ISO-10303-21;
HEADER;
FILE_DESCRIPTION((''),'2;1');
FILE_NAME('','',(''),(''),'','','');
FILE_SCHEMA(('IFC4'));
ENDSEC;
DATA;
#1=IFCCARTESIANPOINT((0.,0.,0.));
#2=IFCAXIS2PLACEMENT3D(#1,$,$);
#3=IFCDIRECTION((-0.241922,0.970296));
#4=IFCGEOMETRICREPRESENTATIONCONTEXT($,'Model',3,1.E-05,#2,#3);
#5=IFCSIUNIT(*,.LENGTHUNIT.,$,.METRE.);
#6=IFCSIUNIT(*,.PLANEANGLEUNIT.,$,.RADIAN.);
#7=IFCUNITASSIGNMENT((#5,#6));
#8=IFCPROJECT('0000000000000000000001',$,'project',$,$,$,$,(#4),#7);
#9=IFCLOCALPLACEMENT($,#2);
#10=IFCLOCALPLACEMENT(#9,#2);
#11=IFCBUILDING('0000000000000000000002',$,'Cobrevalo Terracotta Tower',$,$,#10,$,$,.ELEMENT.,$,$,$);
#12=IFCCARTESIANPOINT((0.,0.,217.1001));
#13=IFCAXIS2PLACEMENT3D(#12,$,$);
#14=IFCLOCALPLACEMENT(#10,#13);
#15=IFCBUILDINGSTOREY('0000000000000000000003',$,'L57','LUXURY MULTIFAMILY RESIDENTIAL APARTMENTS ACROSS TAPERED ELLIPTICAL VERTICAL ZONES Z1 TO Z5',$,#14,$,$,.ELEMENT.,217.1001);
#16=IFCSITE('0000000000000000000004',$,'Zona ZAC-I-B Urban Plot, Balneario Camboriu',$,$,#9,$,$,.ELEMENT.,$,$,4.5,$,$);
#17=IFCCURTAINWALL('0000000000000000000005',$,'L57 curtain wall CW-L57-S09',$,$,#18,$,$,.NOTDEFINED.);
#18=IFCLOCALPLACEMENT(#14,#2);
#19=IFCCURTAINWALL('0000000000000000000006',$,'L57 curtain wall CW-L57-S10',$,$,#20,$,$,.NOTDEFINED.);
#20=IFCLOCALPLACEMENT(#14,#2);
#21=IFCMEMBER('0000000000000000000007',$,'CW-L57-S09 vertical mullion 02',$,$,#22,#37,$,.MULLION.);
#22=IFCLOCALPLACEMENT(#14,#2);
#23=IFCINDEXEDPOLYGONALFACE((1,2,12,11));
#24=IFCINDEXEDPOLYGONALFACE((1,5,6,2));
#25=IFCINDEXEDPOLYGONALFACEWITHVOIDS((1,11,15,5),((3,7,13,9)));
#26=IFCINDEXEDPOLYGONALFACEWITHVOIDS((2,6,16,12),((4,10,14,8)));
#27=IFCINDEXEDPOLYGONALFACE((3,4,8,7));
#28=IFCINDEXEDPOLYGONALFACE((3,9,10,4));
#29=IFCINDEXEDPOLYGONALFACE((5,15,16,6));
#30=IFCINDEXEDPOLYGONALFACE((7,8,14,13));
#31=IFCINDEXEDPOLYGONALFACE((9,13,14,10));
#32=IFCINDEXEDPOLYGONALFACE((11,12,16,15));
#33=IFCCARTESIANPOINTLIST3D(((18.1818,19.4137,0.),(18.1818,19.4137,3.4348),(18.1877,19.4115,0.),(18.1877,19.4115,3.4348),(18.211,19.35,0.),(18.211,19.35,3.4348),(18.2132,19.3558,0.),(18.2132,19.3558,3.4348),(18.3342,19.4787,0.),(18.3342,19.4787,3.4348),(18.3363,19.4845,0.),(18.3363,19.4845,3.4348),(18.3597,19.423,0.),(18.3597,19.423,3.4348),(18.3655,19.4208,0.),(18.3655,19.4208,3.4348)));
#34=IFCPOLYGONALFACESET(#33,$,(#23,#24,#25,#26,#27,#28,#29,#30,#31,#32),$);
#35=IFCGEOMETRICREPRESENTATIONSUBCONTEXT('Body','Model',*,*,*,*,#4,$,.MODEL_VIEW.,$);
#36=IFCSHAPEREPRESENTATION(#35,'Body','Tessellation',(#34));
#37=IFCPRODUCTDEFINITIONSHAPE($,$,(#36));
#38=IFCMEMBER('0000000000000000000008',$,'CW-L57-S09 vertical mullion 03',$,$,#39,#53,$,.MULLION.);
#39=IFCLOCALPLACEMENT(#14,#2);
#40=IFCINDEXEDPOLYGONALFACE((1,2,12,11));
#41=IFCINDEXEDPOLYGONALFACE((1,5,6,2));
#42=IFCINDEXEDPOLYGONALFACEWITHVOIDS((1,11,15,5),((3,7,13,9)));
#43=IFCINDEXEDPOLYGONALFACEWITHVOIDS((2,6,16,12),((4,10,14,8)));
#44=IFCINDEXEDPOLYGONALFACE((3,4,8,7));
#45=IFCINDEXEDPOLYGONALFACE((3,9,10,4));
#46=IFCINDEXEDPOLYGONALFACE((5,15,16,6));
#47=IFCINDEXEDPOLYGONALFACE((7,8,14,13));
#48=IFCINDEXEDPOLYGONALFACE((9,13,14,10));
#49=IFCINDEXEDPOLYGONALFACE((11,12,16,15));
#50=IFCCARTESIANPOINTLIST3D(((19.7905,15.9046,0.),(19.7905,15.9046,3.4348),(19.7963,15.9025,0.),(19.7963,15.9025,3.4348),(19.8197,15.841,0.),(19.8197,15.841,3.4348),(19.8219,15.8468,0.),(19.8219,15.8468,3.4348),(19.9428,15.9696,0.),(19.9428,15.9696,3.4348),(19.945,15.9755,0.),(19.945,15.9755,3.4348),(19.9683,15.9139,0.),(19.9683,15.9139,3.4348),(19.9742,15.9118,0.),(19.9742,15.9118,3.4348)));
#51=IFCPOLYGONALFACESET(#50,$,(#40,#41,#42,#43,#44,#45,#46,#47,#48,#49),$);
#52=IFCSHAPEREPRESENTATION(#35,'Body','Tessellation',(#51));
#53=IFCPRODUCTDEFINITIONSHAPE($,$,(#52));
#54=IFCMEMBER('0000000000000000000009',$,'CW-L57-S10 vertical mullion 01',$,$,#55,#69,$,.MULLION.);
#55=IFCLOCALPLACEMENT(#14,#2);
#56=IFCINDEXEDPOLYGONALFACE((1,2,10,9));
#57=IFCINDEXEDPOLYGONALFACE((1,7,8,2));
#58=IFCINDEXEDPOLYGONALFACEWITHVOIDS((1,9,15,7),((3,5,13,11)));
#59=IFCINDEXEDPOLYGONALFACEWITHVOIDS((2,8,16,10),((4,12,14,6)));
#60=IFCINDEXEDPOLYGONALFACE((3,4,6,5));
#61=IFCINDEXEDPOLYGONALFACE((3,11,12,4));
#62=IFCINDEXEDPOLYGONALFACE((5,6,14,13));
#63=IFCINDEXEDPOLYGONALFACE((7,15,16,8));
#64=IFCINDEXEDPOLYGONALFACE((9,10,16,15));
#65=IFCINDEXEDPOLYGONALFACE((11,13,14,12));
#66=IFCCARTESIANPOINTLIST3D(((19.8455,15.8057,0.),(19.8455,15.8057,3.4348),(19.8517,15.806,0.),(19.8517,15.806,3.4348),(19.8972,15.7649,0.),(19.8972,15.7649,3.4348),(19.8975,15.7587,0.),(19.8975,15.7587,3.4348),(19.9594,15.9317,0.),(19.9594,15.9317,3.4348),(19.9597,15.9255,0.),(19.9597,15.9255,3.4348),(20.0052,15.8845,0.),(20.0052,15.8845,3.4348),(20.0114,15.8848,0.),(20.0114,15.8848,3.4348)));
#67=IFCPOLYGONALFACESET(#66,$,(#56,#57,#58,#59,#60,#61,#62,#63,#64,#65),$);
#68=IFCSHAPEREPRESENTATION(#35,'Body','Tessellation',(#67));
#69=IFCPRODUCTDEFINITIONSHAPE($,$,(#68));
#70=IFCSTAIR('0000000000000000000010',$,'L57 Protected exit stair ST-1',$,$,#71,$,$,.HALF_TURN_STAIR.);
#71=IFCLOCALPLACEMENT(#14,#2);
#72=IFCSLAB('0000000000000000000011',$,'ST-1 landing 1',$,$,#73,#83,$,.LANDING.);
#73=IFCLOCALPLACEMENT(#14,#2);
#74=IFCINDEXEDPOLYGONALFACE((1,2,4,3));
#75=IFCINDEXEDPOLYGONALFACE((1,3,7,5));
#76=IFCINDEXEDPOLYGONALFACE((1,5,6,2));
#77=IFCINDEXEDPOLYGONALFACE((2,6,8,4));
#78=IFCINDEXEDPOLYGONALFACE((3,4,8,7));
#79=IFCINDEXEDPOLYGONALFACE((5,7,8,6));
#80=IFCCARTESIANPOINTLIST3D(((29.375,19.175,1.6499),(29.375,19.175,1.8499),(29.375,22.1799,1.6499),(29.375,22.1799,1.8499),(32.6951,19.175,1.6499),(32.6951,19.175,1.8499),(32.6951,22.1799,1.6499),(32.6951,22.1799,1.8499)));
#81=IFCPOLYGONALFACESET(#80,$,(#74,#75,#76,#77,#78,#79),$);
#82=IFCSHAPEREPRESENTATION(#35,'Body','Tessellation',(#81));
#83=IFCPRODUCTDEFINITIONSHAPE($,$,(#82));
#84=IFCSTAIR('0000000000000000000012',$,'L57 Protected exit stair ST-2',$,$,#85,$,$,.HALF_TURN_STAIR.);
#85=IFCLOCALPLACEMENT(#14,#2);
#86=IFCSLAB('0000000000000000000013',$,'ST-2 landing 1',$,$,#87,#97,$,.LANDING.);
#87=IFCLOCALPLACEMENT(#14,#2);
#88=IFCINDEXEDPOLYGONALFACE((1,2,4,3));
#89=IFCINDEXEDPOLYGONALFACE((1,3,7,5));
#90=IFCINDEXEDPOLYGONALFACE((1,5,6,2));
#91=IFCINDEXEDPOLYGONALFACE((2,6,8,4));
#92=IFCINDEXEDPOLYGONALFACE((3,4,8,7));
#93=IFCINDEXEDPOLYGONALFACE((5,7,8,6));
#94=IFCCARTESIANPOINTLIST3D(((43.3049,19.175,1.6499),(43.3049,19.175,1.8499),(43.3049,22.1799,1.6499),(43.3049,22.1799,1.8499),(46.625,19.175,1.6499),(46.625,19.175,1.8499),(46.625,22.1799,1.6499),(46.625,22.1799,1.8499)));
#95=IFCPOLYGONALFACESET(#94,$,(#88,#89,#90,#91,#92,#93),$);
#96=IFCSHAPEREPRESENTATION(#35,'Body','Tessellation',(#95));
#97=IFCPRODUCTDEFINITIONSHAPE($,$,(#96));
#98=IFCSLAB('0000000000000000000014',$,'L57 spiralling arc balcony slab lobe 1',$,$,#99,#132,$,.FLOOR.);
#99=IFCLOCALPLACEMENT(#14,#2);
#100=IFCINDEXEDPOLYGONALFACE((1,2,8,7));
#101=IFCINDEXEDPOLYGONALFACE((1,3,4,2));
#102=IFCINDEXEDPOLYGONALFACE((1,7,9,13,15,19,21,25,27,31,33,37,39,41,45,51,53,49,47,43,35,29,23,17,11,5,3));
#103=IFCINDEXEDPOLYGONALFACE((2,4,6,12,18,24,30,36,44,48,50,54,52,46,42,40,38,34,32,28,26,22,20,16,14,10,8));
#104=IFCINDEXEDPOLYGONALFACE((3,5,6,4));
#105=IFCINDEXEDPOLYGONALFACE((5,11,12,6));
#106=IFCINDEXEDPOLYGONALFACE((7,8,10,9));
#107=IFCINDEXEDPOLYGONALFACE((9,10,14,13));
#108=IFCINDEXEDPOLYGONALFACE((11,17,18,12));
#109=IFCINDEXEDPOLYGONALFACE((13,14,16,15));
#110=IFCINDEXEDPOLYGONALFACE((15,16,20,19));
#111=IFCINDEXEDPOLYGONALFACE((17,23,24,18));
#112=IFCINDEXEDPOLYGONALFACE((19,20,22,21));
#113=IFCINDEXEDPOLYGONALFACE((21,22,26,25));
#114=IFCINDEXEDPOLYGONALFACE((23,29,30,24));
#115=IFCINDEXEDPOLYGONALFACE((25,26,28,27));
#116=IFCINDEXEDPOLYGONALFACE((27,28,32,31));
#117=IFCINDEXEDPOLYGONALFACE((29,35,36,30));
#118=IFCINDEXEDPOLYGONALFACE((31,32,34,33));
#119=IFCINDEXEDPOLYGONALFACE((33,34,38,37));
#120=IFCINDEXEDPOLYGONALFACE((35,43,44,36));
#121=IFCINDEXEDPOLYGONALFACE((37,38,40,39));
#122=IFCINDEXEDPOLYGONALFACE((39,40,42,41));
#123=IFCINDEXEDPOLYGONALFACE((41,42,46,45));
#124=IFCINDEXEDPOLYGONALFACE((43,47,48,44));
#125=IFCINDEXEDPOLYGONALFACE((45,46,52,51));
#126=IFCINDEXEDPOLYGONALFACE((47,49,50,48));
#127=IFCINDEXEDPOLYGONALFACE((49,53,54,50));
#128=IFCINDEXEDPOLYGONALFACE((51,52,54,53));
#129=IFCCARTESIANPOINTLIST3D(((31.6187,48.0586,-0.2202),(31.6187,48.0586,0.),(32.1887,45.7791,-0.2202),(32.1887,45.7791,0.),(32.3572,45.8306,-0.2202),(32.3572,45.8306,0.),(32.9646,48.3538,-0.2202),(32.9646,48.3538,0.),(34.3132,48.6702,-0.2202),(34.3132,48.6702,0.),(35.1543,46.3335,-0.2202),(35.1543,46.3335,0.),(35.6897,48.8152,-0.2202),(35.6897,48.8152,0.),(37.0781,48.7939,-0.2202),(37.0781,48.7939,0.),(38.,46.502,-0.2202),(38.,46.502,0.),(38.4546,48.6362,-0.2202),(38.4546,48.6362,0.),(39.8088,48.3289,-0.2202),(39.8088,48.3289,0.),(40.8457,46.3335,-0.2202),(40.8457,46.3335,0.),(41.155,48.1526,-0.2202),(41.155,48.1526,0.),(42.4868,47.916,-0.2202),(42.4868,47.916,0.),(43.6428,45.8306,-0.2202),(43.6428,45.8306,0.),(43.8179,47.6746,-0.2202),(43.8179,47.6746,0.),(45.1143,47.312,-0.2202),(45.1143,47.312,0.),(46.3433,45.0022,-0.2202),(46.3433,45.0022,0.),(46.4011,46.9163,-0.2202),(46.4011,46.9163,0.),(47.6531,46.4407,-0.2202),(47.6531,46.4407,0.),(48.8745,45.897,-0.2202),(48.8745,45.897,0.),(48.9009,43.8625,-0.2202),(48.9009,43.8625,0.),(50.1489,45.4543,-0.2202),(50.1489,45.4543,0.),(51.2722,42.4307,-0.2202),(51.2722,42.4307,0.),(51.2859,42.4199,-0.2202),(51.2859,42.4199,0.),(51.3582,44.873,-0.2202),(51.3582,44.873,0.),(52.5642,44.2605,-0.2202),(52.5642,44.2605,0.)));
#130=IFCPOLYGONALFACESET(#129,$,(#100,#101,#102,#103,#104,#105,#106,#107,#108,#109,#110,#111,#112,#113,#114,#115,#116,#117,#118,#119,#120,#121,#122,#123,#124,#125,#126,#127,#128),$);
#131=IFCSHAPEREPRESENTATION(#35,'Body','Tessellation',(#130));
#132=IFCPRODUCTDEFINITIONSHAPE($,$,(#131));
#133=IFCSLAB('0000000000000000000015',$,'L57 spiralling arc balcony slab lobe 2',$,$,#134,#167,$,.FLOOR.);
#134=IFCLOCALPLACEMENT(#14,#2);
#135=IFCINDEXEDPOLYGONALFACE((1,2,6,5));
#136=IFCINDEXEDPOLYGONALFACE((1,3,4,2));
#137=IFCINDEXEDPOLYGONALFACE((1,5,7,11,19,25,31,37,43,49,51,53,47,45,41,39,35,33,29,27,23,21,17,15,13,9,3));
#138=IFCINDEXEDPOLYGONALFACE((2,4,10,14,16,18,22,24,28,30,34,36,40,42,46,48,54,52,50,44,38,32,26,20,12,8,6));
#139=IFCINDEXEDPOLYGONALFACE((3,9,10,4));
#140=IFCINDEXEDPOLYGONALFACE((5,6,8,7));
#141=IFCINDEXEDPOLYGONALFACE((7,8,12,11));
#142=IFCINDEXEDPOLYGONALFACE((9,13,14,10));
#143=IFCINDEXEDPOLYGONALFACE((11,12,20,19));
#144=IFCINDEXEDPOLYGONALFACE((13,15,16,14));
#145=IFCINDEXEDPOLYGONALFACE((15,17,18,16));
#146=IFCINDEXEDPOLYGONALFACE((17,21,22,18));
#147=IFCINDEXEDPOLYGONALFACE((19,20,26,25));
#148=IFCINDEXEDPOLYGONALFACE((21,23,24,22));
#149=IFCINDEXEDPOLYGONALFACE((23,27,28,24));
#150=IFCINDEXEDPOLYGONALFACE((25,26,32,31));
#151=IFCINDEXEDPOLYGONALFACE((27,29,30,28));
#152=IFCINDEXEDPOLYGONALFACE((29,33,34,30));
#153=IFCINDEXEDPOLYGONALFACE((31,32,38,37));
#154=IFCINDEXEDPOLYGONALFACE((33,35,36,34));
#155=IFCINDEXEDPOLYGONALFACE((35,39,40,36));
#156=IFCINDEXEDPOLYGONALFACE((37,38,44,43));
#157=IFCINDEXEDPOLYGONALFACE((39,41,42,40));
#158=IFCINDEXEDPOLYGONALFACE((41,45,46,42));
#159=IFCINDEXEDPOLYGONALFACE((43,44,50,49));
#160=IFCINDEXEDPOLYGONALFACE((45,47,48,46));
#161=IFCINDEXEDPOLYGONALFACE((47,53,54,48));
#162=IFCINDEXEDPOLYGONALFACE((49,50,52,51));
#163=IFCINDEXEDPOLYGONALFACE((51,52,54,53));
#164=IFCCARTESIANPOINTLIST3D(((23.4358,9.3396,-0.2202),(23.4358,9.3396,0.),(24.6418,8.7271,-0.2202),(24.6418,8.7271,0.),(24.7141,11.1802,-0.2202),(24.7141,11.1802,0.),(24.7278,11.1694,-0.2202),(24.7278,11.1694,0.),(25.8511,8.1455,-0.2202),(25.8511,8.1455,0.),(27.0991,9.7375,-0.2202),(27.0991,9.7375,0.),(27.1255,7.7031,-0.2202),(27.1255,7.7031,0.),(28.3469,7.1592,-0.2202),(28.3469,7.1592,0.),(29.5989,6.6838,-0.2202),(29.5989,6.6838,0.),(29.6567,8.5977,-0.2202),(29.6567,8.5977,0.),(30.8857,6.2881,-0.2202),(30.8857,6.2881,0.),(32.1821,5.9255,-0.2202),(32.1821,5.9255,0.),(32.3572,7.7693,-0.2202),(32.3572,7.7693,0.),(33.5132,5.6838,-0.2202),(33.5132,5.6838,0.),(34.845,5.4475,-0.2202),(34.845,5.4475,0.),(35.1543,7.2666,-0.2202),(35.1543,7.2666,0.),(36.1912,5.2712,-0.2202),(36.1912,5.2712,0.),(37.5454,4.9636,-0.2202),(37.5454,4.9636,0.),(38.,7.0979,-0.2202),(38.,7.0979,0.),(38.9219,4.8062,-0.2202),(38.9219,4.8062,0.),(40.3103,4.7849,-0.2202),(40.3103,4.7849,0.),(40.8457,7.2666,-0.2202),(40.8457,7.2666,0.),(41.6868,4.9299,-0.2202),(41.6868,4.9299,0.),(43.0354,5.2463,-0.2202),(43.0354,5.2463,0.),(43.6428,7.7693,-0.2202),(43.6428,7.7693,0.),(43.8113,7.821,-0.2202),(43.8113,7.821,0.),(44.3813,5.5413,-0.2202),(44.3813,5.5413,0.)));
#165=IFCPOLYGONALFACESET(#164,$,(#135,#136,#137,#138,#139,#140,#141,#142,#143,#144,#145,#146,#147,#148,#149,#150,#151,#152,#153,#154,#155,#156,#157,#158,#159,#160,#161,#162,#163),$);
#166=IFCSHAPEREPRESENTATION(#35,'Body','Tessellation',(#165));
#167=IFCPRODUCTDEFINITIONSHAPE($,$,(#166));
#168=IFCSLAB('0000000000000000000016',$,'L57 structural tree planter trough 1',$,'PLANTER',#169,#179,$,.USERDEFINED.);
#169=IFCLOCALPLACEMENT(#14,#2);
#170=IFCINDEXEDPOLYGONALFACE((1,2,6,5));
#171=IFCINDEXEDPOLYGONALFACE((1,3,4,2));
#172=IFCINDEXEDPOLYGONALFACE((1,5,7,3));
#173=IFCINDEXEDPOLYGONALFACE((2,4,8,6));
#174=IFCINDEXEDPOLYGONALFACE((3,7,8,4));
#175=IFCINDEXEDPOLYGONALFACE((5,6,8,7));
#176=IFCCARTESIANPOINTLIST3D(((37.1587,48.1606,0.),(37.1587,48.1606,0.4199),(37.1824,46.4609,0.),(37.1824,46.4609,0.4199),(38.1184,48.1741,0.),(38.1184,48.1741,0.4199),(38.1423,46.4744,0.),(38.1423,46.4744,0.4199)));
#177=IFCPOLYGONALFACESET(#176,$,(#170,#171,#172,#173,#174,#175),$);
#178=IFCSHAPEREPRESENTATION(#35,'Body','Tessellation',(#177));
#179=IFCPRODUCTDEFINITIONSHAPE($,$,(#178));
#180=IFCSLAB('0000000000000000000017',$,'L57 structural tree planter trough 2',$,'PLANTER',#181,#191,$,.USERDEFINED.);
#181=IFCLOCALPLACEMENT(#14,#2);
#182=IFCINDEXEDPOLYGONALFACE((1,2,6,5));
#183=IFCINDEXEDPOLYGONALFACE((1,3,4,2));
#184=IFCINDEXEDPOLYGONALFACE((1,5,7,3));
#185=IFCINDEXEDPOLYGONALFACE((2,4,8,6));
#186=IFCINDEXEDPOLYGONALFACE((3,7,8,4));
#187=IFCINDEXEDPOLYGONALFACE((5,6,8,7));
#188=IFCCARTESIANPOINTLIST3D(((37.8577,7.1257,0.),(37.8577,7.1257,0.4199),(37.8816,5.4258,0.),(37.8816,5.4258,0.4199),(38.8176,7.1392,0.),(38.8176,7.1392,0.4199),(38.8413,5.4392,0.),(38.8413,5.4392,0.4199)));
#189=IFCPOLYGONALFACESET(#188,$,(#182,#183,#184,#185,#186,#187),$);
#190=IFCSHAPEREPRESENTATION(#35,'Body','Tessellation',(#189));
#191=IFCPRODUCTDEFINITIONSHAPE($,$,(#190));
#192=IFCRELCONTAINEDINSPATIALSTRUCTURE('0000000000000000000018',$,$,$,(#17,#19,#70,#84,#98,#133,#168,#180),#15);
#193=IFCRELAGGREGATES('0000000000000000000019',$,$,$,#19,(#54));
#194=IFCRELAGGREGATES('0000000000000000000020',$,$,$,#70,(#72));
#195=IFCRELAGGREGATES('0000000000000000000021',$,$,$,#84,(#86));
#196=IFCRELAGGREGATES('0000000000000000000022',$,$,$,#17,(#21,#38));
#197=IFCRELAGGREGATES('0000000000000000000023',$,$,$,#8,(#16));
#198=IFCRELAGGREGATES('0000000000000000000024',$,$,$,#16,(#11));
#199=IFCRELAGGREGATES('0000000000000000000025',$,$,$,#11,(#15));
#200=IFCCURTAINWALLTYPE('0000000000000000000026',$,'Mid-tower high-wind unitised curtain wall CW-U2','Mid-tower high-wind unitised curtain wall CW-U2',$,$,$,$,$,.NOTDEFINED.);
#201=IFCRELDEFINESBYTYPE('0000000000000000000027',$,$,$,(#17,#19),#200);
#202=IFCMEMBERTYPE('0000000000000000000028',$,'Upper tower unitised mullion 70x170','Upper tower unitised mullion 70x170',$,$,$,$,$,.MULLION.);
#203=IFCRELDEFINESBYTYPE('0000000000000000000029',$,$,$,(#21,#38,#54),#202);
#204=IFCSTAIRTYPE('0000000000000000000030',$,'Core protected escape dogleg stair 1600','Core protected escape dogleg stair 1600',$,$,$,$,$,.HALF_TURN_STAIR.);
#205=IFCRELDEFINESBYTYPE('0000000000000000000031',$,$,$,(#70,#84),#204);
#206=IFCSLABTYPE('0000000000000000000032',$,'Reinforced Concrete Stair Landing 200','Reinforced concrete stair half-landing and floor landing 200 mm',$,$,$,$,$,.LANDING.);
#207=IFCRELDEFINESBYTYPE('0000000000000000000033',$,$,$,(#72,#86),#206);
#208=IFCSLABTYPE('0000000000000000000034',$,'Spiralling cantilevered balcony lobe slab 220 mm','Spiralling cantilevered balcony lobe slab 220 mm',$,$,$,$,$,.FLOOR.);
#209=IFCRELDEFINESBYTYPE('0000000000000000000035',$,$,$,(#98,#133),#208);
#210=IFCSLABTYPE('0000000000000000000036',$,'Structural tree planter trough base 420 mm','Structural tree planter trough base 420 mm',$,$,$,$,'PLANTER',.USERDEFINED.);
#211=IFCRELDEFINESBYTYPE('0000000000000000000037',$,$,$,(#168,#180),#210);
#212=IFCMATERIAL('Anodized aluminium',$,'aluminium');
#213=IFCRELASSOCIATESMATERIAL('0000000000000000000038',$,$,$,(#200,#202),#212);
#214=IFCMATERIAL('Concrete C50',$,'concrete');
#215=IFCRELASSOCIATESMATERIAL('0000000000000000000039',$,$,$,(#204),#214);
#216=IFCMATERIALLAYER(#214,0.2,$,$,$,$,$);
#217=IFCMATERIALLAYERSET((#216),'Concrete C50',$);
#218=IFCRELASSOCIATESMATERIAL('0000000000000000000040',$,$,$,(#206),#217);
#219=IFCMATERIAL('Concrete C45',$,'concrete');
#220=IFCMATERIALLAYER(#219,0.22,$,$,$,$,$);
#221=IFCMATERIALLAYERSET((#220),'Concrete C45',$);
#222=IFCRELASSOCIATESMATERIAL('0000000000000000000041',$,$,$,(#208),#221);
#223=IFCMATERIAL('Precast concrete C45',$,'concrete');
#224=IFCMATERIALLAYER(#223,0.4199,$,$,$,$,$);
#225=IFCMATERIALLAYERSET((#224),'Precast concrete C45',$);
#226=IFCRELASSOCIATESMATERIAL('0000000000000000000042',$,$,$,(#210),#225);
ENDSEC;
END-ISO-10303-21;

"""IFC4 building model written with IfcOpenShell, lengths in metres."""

from ifc_helpers import new_model, si_unit, direction, frame, origin, origin_2d, place, context, subcontext, project, spatial, polyline, hollow_rectangle, outline, extrude, source, transform, mapped, material, layer, layer_set, material_profile, profile_set, type_object, element, aggregate, save


model = new_model("IFC4")

# Units and contexts
model_context = context("Model", 3, precision=1e-05, world=origin(), true_north=direction((-0.241922, 0.970296)))
body_context = subcontext(model_context, "Body", "Model", "MODEL_VIEW")
ifc_project = project(units=[si_unit("LENGTHUNIT", "METRE"), si_unit("PLANEANGLEUNIT", "RADIAN")], contexts=[model_context])

# Site, building, storey
site_placement = place(None, origin())
site = spatial("IfcSite", under=ifc_project, at=site_placement, Name="Zona ZAC-I-B Urban Plot, Balneario Camboriu", CompositionType="ELEMENT", RefElevation=4.5)
building_placement = place(site_placement, origin())
building = spatial("IfcBuilding", under=site, at=building_placement, Name="Cobrevalo Terracotta Tower", CompositionType="ELEMENT")
storey_placement = place(building_placement, frame((0.0, 0.0, 217.1001)))
storey = spatial("IfcBuildingStorey", under=building, at=storey_placement, Name="L57", Description="LUXURY MULTIFAMILY RESIDENTIAL APARTMENTS ACROSS TAPERED ELLIPTICAL VERTICAL ZONES Z1 TO Z5", CompositionType="ELEMENT", Elevation=217.1001)

# Curtain walls
ifc_material_1 = material(Name="Anodized aluminium", Category="aluminium")
curtain_wall_type = type_object("IfcCurtainWallType", Name="Mid-tower high-wind unitised curtain wall CW-U2", Description="Mid-tower high-wind unitised curtain wall CW-U2", PredefinedType="NOTDEFINED", material=ifc_material_1)
curtain_wall_1_placement = place(storey_placement, origin())
curtain_wall_1 = element("IfcCurtainWall", 1, at=curtain_wall_1_placement, inside=storey, type_object=curtain_wall_type, Name="L57 curtain wall CW-L57-S09", PredefinedType="NOTDEFINED")
curtain_wall_2_placement = place(storey_placement, origin())
curtain_wall_2 = element("IfcCurtainWall", 2, at=curtain_wall_2_placement, inside=storey, type_object=curtain_wall_type, Name="L57 curtain wall CW-L57-S10", PredefinedType="NOTDEFINED")

# Members
ifc_material_profile_1 = material_profile(ifc_material_1, hollow_rectangle(XDim=0.0701, YDim=0.1699, WallThickness=0.0044, at=origin_2d()), Name="CWM 70x170")
ifc_profile_set_1 = profile_set([ifc_material_profile_1], Name="Anodized aluminium")
member_type_1 = type_object("IfcMemberType", Name="Upper tower unitised mullion 70x170", Description="Upper tower unitised mullion 70x170", PredefinedType="MULLION", material=ifc_profile_set_1)
shared_shape_1 = source(origin(), body_context, "Body", "SweptSolid", [
    extrude(hollow_rectangle(XDim=0.0701, YDim=0.1699, WallThickness=0.0044, at=origin_2d()), origin(), (0.0, 0.0, 1.0), 3.4348),
])
member_1_placement = place(storey_placement, frame((18.2737, 19.4172, 0.0), z_axis=(0.0, 0.0, 1.0), x_axis=(0.416725, -0.909033, 0.0)))
member_1 = element("IfcMember", 3, at=member_1_placement, type_object=member_type_1, Name="CW-L57-S09 vertical mullion 02", PredefinedType="MULLION", context=body_context, shape_type="MappedRepresentation", body=[
    mapped(shared_shape_1, transform((0.0, 0.0, 0.0), scale=1.0)),
])
member_2_placement = place(storey_placement, frame((19.8823, 15.9082, 0.0), z_axis=(0.0, 0.0, 1.0), x_axis=(0.416725, -0.909033, 0.0)))
member_2 = element("IfcMember", 4, at=member_2_placement, type_object=member_type_1, Name="CW-L57-S09 vertical mullion 03", PredefinedType="MULLION", context=body_context, shape_type="MappedRepresentation", body=[
    mapped(shared_shape_1, transform((0.0, 0.0, 0.0), scale=1.0)),
])
member_3_placement = place(storey_placement, frame((19.9285, 15.8452, 0.0), z_axis=(0.0, 0.0, 1.0), x_axis=(0.741988, -0.670414, 0.0)))
member_3 = element("IfcMember", 5, at=member_3_placement, type_object=member_type_1, Name="CW-L57-S10 vertical mullion 01", PredefinedType="MULLION", context=body_context, shape_type="MappedRepresentation", body=[
    mapped(shared_shape_1, transform((0.0, 0.0, 0.0), scale=1.0)),
])
aggregate(curtain_wall_2, [member_3])

# Stairs, slabs
ifc_material_2 = material(Name="Concrete C50", Category="concrete")
stair_type = type_object("IfcStairType", Name="Core protected escape dogleg stair 1600", Description="Core protected escape dogleg stair 1600", PredefinedType="HALF_TURN_STAIR", material=ifc_material_2)
stair_1_placement = place(storey_placement, origin())
stair_1 = element("IfcStair", 6, at=stair_1_placement, inside=storey, type_object=stair_type, Name="L57 Protected exit stair ST-1", PredefinedType="HALF_TURN_STAIR")
ifc_layer_1 = layer(ifc_material_2, 0.2)
ifc_layer_set_1 = layer_set([ifc_layer_1], Name="Concrete C50")
slab_type_1 = type_object("IfcSlabType", Name="Reinforced Concrete Stair Landing 200", Description="Reinforced concrete stair half-landing and floor landing 200 mm", PredefinedType="LANDING", material=ifc_layer_set_1)
slab_1_placement = place(storey_placement, frame((0.0, 0.0, 1.6499)))
slab_1 = element("IfcSlab", 7, at=slab_1_placement, type_object=slab_type_1, Name="ST-1 landing 1", PredefinedType="LANDING", context=body_context, shape_type="SweptSolid", body=[
    extrude(outline(polyline([(29.375, 22.1799), (29.375, 19.175), (32.6951, 19.175), (32.6951, 22.1799), (29.375, 22.1799)])), origin(), (0.0, 0.0, 1.0), 0.2),
])
aggregate(stair_1, [slab_1])
stair_2_placement = place(storey_placement, origin())
stair_2 = element("IfcStair", 8, at=stair_2_placement, inside=storey, type_object=stair_type, Name="L57 Protected exit stair ST-2", PredefinedType="HALF_TURN_STAIR")
slab_2_placement = place(storey_placement, frame((0.0, 0.0, 1.6499)))
slab_2 = element("IfcSlab", 9, at=slab_2_placement, type_object=slab_type_1, Name="ST-2 landing 1", PredefinedType="LANDING", context=body_context, shape_type="SweptSolid", body=[
    extrude(outline(polyline([(43.3049, 22.1799), (43.3049, 19.175), (46.625, 19.175), (46.625, 22.1799), (43.3049, 22.1799)])), origin(), (0.0, 0.0, 1.0), 0.2),
])
aggregate(stair_2, [slab_2])

# Slabs
ifc_material_3 = material(Name="Concrete C45", Category="concrete")
ifc_layer_2 = layer(ifc_material_3, 0.22)
ifc_layer_set_2 = layer_set([ifc_layer_2], Name="Concrete C45")
slab_type_2 = type_object("IfcSlabType", Name="Spiralling cantilevered balcony lobe slab 220 mm", Description="Spiralling cantilevered balcony lobe slab 220 mm", PredefinedType="FLOOR", material=ifc_layer_set_2)
slab_3_placement = place(storey_placement, frame((0.0, 0.0, -0.2202)))
element("IfcSlab", 10, at=slab_3_placement, inside=storey, type_object=slab_type_2, Name="L57 spiralling arc balcony slab lobe 1", PredefinedType="FLOOR", context=body_context, shape_type="SweptSolid", body=[
    extrude(outline(polyline([(52.5642, 44.2605), (51.3582, 44.873), (50.1489, 45.4543), (48.8745, 45.897), (47.6531, 46.4407), (46.4011, 46.9163), (45.1143, 47.312), (43.8179, 47.6746), (42.4868, 47.916), (41.155, 48.1526), (39.8088, 48.3289), (38.4546, 48.6362), (37.0781, 48.7939), (35.6897, 48.8152), (34.3132, 48.6702), (32.9646, 48.3538), (31.6187, 48.0586), (32.1887, 45.7791), (32.3572, 45.8306), (35.1543, 46.3335), (38.0, 46.502), (40.8457, 46.3335), (43.6428, 45.8306), (46.3433, 45.0022), (48.9009, 43.8625), (51.2722, 42.4307), (51.2859, 42.4199), (52.5642, 44.2605)])), origin(), (0.0, 0.0, 1.0), 0.2202),
])
slab_4_placement = place(storey_placement, frame((0.0, 0.0, -0.2202)))
element("IfcSlab", 11, at=slab_4_placement, inside=storey, type_object=slab_type_2, Name="L57 spiralling arc balcony slab lobe 2", PredefinedType="FLOOR", context=body_context, shape_type="SweptSolid", body=[
    extrude(outline(polyline([(23.4358, 9.3396), (24.6418, 8.7271), (25.8511, 8.1455), (27.1255, 7.7031), (28.3469, 7.1592), (29.5989, 6.6838), (30.8857, 6.2881), (32.1821, 5.9255), (33.5132, 5.6838), (34.845, 5.4475), (36.1912, 5.2712), (37.5454, 4.9636), (38.9219, 4.8062), (40.3103, 4.7849), (41.6868, 4.9299), (43.0354, 5.2463), (44.3813, 5.5413), (43.8113, 7.821), (43.6428, 7.7693), (40.8457, 7.2666), (38.0, 7.0979), (35.1543, 7.2666), (32.3572, 7.7693), (29.6567, 8.5977), (27.0991, 9.7375), (24.7278, 11.1694), (24.7141, 11.1802), (23.4358, 9.3396)])), origin(), (0.0, 0.0, 1.0), 0.2202),
])
ifc_material_4 = material(Name="Precast concrete C45", Category="concrete")
ifc_layer_3 = layer(ifc_material_4, 0.4199)
ifc_layer_set_3 = layer_set([ifc_layer_3], Name="Precast concrete C45")
slab_type_3 = type_object("IfcSlabType", Name="Structural tree planter trough base 420 mm", Description="Structural tree planter trough base 420 mm", ElementType="PLANTER", PredefinedType="USERDEFINED", material=ifc_layer_set_3)
slab_5_placement = place(storey_placement, origin())
element("IfcSlab", 12, at=slab_5_placement, inside=storey, type_object=slab_type_3, Name="L57 structural tree planter trough 1", ObjectType="PLANTER", PredefinedType="USERDEFINED", context=body_context, shape_type="SweptSolid", body=[
    extrude(outline(polyline([(38.1423, 46.4744), (38.1184, 48.1741), (37.1587, 48.1606), (37.1824, 46.4609), (38.1423, 46.4744)])), origin(), (0.0, 0.0, 1.0), 0.4199),
])
slab_6_placement = place(storey_placement, origin())
element("IfcSlab", 13, at=slab_6_placement, inside=storey, type_object=slab_type_3, Name="L57 structural tree planter trough 2", ObjectType="PLANTER", PredefinedType="USERDEFINED", context=body_context, shape_type="SweptSolid", body=[
    extrude(outline(polyline([(37.8577, 7.1257), (37.8816, 5.4258), (38.8413, 5.4392), (38.8176, 7.1392), (37.8577, 7.1257)])), origin(), (0.0, 0.0, 1.0), 0.4199),
])

aggregate(curtain_wall_1, [member_1, member_2])

save(model, "model.ifc")
